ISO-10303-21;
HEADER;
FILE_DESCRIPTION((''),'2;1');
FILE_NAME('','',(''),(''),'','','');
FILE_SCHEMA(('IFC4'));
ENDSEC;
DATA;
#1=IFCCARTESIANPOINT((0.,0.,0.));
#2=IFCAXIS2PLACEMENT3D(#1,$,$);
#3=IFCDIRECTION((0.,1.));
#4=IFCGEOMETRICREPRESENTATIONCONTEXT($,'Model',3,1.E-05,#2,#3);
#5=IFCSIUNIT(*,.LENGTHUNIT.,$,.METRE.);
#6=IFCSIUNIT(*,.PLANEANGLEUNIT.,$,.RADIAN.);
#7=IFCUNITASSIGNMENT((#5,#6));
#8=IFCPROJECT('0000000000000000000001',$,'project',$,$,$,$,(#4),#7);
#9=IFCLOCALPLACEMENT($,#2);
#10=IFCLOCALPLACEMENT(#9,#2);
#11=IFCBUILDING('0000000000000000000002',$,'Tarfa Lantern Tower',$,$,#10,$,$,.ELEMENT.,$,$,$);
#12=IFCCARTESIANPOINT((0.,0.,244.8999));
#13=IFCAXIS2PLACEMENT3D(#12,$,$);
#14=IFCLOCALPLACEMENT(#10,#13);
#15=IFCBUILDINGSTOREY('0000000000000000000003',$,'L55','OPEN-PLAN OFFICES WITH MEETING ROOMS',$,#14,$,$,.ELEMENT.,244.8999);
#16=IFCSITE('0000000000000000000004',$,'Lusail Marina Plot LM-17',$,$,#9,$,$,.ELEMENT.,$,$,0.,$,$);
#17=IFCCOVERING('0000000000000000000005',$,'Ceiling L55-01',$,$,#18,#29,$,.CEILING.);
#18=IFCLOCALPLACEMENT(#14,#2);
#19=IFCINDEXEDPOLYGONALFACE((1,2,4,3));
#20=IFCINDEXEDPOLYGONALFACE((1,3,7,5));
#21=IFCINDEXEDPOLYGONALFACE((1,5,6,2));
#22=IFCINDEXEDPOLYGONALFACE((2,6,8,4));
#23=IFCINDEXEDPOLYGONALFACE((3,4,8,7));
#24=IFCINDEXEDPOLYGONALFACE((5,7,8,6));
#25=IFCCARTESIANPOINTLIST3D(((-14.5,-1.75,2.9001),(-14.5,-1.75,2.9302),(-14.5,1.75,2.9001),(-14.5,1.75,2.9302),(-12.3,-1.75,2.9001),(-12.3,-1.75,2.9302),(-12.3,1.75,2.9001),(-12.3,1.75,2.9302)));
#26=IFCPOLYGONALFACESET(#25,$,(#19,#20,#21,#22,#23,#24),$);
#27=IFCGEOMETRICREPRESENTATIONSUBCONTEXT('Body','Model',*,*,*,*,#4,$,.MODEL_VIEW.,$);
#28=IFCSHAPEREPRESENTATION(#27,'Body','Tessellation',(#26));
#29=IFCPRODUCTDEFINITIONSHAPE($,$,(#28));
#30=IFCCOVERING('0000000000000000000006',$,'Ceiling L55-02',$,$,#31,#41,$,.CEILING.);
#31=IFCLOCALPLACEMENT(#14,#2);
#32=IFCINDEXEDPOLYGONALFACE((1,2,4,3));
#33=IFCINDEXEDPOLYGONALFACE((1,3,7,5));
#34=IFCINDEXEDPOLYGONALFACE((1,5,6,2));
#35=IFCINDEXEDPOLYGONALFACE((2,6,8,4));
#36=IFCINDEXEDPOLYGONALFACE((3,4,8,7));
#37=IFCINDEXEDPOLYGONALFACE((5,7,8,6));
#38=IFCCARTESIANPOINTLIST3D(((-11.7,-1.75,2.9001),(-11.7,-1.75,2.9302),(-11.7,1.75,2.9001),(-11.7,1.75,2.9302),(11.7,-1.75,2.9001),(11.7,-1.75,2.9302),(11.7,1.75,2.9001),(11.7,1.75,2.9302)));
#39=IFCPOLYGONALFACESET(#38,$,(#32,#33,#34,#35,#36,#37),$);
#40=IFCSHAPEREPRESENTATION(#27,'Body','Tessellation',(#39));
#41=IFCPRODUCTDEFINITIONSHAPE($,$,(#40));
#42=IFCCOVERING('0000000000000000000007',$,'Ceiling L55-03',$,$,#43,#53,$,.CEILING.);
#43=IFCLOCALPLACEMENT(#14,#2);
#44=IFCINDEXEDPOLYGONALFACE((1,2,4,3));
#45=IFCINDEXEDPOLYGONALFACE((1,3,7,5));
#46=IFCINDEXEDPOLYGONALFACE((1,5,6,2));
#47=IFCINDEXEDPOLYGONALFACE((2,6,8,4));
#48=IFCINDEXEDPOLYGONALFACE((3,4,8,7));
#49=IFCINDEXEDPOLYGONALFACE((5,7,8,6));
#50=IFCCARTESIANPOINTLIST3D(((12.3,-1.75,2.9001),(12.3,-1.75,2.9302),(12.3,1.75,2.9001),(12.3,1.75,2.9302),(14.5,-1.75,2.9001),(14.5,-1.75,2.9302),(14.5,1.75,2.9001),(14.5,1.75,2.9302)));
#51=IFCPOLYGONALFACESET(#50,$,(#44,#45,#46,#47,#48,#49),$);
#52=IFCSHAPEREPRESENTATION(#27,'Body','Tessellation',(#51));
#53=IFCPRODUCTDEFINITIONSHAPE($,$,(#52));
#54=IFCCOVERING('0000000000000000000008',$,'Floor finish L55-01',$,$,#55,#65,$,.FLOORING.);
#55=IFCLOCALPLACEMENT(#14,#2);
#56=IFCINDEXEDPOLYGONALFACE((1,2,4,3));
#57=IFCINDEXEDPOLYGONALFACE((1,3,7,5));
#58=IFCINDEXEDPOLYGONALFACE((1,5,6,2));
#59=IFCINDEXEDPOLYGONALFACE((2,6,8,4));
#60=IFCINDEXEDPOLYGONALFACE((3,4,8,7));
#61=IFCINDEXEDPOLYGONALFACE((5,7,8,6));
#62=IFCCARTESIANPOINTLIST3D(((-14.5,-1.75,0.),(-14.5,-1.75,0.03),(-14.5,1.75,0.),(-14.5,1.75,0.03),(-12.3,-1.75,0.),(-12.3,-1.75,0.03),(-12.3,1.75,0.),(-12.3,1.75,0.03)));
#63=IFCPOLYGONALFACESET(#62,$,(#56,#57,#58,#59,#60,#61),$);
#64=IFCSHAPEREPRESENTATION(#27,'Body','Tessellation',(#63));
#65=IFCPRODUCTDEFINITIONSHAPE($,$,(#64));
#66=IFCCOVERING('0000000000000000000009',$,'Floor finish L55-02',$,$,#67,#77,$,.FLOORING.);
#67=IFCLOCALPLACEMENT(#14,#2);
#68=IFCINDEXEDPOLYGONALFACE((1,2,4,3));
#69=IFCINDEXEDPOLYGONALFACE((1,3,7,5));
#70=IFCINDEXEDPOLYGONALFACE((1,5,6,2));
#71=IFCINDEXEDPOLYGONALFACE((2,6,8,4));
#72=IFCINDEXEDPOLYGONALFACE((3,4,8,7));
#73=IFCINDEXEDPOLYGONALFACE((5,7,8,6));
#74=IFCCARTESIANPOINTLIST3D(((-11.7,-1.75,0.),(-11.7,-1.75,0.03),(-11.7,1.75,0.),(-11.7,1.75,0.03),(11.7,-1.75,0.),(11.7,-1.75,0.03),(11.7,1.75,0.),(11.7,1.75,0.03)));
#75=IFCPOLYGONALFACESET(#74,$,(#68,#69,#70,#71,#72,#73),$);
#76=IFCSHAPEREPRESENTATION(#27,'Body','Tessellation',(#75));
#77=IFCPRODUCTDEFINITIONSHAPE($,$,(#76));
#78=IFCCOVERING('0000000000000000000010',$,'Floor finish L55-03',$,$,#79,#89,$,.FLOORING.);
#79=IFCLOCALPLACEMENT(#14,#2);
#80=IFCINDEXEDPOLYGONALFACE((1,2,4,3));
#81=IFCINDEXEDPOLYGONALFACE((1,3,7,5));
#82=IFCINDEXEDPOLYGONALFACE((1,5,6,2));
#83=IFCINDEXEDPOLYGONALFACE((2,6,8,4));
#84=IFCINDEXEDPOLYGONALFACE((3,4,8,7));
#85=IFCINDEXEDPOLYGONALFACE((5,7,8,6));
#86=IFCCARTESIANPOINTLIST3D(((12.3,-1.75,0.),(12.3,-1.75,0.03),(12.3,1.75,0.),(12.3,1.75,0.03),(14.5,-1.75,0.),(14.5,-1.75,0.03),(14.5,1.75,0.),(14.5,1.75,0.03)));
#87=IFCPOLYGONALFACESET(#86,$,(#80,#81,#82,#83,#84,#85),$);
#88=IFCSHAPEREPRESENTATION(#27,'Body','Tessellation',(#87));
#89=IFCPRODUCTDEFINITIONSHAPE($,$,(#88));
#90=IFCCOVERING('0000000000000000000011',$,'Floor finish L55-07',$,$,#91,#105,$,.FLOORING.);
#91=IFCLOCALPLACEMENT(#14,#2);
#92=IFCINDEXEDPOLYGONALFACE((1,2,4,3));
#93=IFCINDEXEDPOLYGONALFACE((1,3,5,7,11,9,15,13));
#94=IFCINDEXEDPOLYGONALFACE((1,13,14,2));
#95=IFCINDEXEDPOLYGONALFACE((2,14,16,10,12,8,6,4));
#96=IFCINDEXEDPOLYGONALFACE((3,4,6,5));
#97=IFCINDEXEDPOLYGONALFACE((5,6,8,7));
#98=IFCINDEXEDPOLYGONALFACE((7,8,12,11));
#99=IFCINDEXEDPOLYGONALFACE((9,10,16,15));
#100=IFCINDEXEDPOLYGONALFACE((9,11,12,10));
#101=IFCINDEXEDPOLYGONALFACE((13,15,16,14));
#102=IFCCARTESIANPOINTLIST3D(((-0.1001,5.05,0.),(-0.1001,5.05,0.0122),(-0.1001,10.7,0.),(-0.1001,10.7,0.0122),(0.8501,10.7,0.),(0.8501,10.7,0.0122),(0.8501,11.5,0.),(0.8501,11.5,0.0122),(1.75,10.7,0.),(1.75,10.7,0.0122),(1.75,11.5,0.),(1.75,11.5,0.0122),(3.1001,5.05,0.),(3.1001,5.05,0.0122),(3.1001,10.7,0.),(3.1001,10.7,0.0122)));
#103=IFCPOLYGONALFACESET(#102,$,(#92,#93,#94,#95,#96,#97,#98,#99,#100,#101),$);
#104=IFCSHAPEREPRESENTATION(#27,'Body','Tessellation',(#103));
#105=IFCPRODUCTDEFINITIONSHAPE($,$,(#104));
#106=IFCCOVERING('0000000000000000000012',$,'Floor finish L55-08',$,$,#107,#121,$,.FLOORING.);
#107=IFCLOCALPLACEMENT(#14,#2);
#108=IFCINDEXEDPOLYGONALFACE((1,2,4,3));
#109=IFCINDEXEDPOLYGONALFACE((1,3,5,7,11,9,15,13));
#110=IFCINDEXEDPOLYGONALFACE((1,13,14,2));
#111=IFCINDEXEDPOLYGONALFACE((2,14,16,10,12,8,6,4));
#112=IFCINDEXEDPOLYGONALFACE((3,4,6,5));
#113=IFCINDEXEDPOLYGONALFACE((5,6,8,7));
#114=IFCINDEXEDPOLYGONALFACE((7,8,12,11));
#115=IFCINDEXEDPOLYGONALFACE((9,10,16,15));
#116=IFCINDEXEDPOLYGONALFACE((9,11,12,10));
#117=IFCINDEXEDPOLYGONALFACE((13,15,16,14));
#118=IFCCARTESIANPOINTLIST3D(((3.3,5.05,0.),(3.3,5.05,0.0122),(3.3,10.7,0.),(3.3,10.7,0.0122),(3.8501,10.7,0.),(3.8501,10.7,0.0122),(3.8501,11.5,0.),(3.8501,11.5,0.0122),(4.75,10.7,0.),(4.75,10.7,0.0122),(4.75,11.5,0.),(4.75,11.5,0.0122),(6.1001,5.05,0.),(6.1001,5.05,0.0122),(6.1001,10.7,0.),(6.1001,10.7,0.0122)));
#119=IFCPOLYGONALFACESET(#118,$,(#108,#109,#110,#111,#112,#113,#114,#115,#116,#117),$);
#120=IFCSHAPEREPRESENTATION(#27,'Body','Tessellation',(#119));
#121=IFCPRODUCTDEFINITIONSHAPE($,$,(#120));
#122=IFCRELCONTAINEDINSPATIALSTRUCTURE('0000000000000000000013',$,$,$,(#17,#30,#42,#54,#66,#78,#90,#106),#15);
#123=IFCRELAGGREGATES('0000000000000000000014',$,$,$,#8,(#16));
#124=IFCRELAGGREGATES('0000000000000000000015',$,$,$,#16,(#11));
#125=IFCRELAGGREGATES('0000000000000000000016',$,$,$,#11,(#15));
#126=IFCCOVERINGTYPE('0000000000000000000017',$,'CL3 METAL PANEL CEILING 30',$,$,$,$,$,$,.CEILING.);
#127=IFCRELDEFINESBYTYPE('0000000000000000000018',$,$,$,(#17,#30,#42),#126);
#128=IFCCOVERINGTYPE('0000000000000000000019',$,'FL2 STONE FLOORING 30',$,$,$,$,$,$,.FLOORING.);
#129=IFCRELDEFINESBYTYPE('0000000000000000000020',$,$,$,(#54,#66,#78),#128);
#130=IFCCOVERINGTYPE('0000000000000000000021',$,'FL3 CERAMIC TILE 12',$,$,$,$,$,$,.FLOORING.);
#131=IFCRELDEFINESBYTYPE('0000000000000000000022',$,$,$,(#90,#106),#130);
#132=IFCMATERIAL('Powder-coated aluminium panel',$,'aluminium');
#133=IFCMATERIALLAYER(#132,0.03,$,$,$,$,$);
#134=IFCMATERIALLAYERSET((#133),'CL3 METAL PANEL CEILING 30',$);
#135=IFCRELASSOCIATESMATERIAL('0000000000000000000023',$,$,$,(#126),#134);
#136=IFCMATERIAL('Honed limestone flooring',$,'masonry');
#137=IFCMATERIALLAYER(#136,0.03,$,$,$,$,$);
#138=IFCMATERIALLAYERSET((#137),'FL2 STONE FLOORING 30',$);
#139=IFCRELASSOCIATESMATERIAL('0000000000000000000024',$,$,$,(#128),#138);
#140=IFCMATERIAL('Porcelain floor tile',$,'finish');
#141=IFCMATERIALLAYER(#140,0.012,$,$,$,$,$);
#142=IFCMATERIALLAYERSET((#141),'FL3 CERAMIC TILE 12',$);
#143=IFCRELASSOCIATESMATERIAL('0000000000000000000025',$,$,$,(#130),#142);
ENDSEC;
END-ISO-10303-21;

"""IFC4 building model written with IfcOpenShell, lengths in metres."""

from ifc_helpers import new_model, si_unit, direction, frame, origin, place, context, subcontext, project, spatial, polyline, outline, extrude, material, layer, layer_set, type_object, element, save


model = new_model("IFC4")

# Units and contexts
model_context = context("Model", 3, precision=1e-05, world=origin(), true_north=direction((0.0, 1.0)))
body_context = subcontext(model_context, "Body", "Model", "MODEL_VIEW")
ifc_project = project(units=[si_unit("LENGTHUNIT", "METRE"), si_unit("PLANEANGLEUNIT", "RADIAN")], contexts=[model_context])

# Site, building, storey
site_placement = place(None, origin())
site = spatial("IfcSite", under=ifc_project, at=site_placement, Name="Lusail Marina Plot LM-17", CompositionType="ELEMENT", RefElevation=0.0)
building_placement = place(site_placement, origin())
building = spatial("IfcBuilding", under=site, at=building_placement, Name="Tarfa Lantern Tower", CompositionType="ELEMENT")
storey_placement = place(building_placement, frame((0.0, 0.0, 244.8999)))
storey = spatial("IfcBuildingStorey", under=building, at=storey_placement, Name="L55", Description="OPEN-PLAN OFFICES WITH MEETING ROOMS", CompositionType="ELEMENT", Elevation=244.8999)

# Coverings
ifc_material_1 = material(Name="Powder-coated aluminium panel", Category="aluminium")
ifc_layer_1 = layer(ifc_material_1, 0.03)
ifc_layer_set_1 = layer_set([ifc_layer_1], Name="CL3 METAL PANEL CEILING 30")
covering_type_1 = type_object("IfcCoveringType", Name="CL3 METAL PANEL CEILING 30", PredefinedType="CEILING", material=ifc_layer_set_1)
covering_1_placement = place(storey_placement, frame((0.0, 0.0, 2.9001)))
element("IfcCovering", 1, at=covering_1_placement, inside=storey, type_object=covering_type_1, Name="Ceiling L55-01", PredefinedType="CEILING", context=body_context, shape_type="SweptSolid", body=[
    extrude(outline(polyline([(-14.5, -1.75), (-12.3, -1.75), (-12.3, 1.75), (-14.5, 1.75), (-14.5, -1.75)])), origin(), (0.0, 0.0, 1.0), 0.03),
])
covering_2_placement = place(storey_placement, frame((0.0, 0.0, 2.9001)))
element("IfcCovering", 2, at=covering_2_placement, inside=storey, type_object=covering_type_1, Name="Ceiling L55-02", PredefinedType="CEILING", context=body_context, shape_type="SweptSolid", body=[
    extrude(outline(polyline([(-11.7, -1.75), (11.7, -1.75), (11.7, 1.75), (-11.7, 1.75), (-11.7, -1.75)])), origin(), (0.0, 0.0, 1.0), 0.03),
])
covering_3_placement = place(storey_placement, frame((0.0, 0.0, 2.9001)))
element("IfcCovering", 3, at=covering_3_placement, inside=storey, type_object=covering_type_1, Name="Ceiling L55-03", PredefinedType="CEILING", context=body_context, shape_type="SweptSolid", body=[
    extrude(outline(polyline([(12.3, -1.75), (14.5, -1.75), (14.5, 1.75), (12.3, 1.75), (12.3, -1.75)])), origin(), (0.0, 0.0, 1.0), 0.03),
])
ifc_material_2 = material(Name="Honed limestone flooring", Category="masonry")
ifc_layer_2 = layer(ifc_material_2, 0.03)
ifc_layer_set_2 = layer_set([ifc_layer_2], Name="FL2 STONE FLOORING 30")
covering_type_2 = type_object("IfcCoveringType", Name="FL2 STONE FLOORING 30", PredefinedType="FLOORING", material=ifc_layer_set_2)
covering_4_placement = place(storey_placement, origin())
element("IfcCovering", 4, at=covering_4_placement, inside=storey, type_object=covering_type_2, Name="Floor finish L55-01", PredefinedType="FLOORING", context=body_context, shape_type="SweptSolid", body=[
    extrude(outline(polyline([(-14.5, -1.75), (-12.3, -1.75), (-12.3, 1.75), (-14.5, 1.75), (-14.5, -1.75)])), origin(), (0.0, 0.0, 1.0), 0.03),
])
covering_5_placement = place(storey_placement, origin())
element("IfcCovering", 5, at=covering_5_placement, inside=storey, type_object=covering_type_2, Name="Floor finish L55-02", PredefinedType="FLOORING", context=body_context, shape_type="SweptSolid", body=[
    extrude(outline(polyline([(-11.7, -1.75), (11.7, -1.75), (11.7, 1.75), (-11.7, 1.75), (-11.7, -1.75)])), origin(), (0.0, 0.0, 1.0), 0.03),
])
covering_6_placement = place(storey_placement, origin())
element("IfcCovering", 6, at=covering_6_placement, inside=storey, type_object=covering_type_2, Name="Floor finish L55-03", PredefinedType="FLOORING", context=body_context, shape_type="SweptSolid", body=[
    extrude(outline(polyline([(12.3, -1.75), (14.5, -1.75), (14.5, 1.75), (12.3, 1.75), (12.3, -1.75)])), origin(), (0.0, 0.0, 1.0), 0.03),
])
ifc_material_3 = material(Name="Porcelain floor tile", Category="finish")
ifc_layer_3 = layer(ifc_material_3, 0.012)
ifc_layer_set_3 = layer_set([ifc_layer_3], Name="FL3 CERAMIC TILE 12")
covering_type_3 = type_object("IfcCoveringType", Name="FL3 CERAMIC TILE 12", PredefinedType="FLOORING", material=ifc_layer_set_3)
covering_7_placement = place(storey_placement, origin())
element("IfcCovering", 7, at=covering_7_placement, inside=storey, type_object=covering_type_3, Name="Floor finish L55-07", PredefinedType="FLOORING", context=body_context, shape_type="SweptSolid", body=[
    extrude(outline(polyline([(0.8501, 10.7), (-0.1001, 10.7), (-0.1001, 5.05), (3.1001, 5.05), (3.1001, 10.7), (1.75, 10.7), (1.75, 11.5), (0.8501, 11.5), (0.8501, 10.7)])), origin(), (0.0, 0.0, 1.0), 0.0122),
])
covering_8_placement = place(storey_placement, origin())
element("IfcCovering", 8, at=covering_8_placement, inside=storey, type_object=covering_type_3, Name="Floor finish L55-08", PredefinedType="FLOORING", context=body_context, shape_type="SweptSolid", body=[
    extrude(outline(polyline([(3.3, 5.05), (6.1001, 5.05), (6.1001, 10.7), (4.75, 10.7), (4.75, 11.5), (3.8501, 11.5), (3.8501, 10.7), (3.3, 10.7), (3.3, 5.05)])), origin(), (0.0, 0.0, 1.0), 0.0122),
])

save(model, "model.ifc")
